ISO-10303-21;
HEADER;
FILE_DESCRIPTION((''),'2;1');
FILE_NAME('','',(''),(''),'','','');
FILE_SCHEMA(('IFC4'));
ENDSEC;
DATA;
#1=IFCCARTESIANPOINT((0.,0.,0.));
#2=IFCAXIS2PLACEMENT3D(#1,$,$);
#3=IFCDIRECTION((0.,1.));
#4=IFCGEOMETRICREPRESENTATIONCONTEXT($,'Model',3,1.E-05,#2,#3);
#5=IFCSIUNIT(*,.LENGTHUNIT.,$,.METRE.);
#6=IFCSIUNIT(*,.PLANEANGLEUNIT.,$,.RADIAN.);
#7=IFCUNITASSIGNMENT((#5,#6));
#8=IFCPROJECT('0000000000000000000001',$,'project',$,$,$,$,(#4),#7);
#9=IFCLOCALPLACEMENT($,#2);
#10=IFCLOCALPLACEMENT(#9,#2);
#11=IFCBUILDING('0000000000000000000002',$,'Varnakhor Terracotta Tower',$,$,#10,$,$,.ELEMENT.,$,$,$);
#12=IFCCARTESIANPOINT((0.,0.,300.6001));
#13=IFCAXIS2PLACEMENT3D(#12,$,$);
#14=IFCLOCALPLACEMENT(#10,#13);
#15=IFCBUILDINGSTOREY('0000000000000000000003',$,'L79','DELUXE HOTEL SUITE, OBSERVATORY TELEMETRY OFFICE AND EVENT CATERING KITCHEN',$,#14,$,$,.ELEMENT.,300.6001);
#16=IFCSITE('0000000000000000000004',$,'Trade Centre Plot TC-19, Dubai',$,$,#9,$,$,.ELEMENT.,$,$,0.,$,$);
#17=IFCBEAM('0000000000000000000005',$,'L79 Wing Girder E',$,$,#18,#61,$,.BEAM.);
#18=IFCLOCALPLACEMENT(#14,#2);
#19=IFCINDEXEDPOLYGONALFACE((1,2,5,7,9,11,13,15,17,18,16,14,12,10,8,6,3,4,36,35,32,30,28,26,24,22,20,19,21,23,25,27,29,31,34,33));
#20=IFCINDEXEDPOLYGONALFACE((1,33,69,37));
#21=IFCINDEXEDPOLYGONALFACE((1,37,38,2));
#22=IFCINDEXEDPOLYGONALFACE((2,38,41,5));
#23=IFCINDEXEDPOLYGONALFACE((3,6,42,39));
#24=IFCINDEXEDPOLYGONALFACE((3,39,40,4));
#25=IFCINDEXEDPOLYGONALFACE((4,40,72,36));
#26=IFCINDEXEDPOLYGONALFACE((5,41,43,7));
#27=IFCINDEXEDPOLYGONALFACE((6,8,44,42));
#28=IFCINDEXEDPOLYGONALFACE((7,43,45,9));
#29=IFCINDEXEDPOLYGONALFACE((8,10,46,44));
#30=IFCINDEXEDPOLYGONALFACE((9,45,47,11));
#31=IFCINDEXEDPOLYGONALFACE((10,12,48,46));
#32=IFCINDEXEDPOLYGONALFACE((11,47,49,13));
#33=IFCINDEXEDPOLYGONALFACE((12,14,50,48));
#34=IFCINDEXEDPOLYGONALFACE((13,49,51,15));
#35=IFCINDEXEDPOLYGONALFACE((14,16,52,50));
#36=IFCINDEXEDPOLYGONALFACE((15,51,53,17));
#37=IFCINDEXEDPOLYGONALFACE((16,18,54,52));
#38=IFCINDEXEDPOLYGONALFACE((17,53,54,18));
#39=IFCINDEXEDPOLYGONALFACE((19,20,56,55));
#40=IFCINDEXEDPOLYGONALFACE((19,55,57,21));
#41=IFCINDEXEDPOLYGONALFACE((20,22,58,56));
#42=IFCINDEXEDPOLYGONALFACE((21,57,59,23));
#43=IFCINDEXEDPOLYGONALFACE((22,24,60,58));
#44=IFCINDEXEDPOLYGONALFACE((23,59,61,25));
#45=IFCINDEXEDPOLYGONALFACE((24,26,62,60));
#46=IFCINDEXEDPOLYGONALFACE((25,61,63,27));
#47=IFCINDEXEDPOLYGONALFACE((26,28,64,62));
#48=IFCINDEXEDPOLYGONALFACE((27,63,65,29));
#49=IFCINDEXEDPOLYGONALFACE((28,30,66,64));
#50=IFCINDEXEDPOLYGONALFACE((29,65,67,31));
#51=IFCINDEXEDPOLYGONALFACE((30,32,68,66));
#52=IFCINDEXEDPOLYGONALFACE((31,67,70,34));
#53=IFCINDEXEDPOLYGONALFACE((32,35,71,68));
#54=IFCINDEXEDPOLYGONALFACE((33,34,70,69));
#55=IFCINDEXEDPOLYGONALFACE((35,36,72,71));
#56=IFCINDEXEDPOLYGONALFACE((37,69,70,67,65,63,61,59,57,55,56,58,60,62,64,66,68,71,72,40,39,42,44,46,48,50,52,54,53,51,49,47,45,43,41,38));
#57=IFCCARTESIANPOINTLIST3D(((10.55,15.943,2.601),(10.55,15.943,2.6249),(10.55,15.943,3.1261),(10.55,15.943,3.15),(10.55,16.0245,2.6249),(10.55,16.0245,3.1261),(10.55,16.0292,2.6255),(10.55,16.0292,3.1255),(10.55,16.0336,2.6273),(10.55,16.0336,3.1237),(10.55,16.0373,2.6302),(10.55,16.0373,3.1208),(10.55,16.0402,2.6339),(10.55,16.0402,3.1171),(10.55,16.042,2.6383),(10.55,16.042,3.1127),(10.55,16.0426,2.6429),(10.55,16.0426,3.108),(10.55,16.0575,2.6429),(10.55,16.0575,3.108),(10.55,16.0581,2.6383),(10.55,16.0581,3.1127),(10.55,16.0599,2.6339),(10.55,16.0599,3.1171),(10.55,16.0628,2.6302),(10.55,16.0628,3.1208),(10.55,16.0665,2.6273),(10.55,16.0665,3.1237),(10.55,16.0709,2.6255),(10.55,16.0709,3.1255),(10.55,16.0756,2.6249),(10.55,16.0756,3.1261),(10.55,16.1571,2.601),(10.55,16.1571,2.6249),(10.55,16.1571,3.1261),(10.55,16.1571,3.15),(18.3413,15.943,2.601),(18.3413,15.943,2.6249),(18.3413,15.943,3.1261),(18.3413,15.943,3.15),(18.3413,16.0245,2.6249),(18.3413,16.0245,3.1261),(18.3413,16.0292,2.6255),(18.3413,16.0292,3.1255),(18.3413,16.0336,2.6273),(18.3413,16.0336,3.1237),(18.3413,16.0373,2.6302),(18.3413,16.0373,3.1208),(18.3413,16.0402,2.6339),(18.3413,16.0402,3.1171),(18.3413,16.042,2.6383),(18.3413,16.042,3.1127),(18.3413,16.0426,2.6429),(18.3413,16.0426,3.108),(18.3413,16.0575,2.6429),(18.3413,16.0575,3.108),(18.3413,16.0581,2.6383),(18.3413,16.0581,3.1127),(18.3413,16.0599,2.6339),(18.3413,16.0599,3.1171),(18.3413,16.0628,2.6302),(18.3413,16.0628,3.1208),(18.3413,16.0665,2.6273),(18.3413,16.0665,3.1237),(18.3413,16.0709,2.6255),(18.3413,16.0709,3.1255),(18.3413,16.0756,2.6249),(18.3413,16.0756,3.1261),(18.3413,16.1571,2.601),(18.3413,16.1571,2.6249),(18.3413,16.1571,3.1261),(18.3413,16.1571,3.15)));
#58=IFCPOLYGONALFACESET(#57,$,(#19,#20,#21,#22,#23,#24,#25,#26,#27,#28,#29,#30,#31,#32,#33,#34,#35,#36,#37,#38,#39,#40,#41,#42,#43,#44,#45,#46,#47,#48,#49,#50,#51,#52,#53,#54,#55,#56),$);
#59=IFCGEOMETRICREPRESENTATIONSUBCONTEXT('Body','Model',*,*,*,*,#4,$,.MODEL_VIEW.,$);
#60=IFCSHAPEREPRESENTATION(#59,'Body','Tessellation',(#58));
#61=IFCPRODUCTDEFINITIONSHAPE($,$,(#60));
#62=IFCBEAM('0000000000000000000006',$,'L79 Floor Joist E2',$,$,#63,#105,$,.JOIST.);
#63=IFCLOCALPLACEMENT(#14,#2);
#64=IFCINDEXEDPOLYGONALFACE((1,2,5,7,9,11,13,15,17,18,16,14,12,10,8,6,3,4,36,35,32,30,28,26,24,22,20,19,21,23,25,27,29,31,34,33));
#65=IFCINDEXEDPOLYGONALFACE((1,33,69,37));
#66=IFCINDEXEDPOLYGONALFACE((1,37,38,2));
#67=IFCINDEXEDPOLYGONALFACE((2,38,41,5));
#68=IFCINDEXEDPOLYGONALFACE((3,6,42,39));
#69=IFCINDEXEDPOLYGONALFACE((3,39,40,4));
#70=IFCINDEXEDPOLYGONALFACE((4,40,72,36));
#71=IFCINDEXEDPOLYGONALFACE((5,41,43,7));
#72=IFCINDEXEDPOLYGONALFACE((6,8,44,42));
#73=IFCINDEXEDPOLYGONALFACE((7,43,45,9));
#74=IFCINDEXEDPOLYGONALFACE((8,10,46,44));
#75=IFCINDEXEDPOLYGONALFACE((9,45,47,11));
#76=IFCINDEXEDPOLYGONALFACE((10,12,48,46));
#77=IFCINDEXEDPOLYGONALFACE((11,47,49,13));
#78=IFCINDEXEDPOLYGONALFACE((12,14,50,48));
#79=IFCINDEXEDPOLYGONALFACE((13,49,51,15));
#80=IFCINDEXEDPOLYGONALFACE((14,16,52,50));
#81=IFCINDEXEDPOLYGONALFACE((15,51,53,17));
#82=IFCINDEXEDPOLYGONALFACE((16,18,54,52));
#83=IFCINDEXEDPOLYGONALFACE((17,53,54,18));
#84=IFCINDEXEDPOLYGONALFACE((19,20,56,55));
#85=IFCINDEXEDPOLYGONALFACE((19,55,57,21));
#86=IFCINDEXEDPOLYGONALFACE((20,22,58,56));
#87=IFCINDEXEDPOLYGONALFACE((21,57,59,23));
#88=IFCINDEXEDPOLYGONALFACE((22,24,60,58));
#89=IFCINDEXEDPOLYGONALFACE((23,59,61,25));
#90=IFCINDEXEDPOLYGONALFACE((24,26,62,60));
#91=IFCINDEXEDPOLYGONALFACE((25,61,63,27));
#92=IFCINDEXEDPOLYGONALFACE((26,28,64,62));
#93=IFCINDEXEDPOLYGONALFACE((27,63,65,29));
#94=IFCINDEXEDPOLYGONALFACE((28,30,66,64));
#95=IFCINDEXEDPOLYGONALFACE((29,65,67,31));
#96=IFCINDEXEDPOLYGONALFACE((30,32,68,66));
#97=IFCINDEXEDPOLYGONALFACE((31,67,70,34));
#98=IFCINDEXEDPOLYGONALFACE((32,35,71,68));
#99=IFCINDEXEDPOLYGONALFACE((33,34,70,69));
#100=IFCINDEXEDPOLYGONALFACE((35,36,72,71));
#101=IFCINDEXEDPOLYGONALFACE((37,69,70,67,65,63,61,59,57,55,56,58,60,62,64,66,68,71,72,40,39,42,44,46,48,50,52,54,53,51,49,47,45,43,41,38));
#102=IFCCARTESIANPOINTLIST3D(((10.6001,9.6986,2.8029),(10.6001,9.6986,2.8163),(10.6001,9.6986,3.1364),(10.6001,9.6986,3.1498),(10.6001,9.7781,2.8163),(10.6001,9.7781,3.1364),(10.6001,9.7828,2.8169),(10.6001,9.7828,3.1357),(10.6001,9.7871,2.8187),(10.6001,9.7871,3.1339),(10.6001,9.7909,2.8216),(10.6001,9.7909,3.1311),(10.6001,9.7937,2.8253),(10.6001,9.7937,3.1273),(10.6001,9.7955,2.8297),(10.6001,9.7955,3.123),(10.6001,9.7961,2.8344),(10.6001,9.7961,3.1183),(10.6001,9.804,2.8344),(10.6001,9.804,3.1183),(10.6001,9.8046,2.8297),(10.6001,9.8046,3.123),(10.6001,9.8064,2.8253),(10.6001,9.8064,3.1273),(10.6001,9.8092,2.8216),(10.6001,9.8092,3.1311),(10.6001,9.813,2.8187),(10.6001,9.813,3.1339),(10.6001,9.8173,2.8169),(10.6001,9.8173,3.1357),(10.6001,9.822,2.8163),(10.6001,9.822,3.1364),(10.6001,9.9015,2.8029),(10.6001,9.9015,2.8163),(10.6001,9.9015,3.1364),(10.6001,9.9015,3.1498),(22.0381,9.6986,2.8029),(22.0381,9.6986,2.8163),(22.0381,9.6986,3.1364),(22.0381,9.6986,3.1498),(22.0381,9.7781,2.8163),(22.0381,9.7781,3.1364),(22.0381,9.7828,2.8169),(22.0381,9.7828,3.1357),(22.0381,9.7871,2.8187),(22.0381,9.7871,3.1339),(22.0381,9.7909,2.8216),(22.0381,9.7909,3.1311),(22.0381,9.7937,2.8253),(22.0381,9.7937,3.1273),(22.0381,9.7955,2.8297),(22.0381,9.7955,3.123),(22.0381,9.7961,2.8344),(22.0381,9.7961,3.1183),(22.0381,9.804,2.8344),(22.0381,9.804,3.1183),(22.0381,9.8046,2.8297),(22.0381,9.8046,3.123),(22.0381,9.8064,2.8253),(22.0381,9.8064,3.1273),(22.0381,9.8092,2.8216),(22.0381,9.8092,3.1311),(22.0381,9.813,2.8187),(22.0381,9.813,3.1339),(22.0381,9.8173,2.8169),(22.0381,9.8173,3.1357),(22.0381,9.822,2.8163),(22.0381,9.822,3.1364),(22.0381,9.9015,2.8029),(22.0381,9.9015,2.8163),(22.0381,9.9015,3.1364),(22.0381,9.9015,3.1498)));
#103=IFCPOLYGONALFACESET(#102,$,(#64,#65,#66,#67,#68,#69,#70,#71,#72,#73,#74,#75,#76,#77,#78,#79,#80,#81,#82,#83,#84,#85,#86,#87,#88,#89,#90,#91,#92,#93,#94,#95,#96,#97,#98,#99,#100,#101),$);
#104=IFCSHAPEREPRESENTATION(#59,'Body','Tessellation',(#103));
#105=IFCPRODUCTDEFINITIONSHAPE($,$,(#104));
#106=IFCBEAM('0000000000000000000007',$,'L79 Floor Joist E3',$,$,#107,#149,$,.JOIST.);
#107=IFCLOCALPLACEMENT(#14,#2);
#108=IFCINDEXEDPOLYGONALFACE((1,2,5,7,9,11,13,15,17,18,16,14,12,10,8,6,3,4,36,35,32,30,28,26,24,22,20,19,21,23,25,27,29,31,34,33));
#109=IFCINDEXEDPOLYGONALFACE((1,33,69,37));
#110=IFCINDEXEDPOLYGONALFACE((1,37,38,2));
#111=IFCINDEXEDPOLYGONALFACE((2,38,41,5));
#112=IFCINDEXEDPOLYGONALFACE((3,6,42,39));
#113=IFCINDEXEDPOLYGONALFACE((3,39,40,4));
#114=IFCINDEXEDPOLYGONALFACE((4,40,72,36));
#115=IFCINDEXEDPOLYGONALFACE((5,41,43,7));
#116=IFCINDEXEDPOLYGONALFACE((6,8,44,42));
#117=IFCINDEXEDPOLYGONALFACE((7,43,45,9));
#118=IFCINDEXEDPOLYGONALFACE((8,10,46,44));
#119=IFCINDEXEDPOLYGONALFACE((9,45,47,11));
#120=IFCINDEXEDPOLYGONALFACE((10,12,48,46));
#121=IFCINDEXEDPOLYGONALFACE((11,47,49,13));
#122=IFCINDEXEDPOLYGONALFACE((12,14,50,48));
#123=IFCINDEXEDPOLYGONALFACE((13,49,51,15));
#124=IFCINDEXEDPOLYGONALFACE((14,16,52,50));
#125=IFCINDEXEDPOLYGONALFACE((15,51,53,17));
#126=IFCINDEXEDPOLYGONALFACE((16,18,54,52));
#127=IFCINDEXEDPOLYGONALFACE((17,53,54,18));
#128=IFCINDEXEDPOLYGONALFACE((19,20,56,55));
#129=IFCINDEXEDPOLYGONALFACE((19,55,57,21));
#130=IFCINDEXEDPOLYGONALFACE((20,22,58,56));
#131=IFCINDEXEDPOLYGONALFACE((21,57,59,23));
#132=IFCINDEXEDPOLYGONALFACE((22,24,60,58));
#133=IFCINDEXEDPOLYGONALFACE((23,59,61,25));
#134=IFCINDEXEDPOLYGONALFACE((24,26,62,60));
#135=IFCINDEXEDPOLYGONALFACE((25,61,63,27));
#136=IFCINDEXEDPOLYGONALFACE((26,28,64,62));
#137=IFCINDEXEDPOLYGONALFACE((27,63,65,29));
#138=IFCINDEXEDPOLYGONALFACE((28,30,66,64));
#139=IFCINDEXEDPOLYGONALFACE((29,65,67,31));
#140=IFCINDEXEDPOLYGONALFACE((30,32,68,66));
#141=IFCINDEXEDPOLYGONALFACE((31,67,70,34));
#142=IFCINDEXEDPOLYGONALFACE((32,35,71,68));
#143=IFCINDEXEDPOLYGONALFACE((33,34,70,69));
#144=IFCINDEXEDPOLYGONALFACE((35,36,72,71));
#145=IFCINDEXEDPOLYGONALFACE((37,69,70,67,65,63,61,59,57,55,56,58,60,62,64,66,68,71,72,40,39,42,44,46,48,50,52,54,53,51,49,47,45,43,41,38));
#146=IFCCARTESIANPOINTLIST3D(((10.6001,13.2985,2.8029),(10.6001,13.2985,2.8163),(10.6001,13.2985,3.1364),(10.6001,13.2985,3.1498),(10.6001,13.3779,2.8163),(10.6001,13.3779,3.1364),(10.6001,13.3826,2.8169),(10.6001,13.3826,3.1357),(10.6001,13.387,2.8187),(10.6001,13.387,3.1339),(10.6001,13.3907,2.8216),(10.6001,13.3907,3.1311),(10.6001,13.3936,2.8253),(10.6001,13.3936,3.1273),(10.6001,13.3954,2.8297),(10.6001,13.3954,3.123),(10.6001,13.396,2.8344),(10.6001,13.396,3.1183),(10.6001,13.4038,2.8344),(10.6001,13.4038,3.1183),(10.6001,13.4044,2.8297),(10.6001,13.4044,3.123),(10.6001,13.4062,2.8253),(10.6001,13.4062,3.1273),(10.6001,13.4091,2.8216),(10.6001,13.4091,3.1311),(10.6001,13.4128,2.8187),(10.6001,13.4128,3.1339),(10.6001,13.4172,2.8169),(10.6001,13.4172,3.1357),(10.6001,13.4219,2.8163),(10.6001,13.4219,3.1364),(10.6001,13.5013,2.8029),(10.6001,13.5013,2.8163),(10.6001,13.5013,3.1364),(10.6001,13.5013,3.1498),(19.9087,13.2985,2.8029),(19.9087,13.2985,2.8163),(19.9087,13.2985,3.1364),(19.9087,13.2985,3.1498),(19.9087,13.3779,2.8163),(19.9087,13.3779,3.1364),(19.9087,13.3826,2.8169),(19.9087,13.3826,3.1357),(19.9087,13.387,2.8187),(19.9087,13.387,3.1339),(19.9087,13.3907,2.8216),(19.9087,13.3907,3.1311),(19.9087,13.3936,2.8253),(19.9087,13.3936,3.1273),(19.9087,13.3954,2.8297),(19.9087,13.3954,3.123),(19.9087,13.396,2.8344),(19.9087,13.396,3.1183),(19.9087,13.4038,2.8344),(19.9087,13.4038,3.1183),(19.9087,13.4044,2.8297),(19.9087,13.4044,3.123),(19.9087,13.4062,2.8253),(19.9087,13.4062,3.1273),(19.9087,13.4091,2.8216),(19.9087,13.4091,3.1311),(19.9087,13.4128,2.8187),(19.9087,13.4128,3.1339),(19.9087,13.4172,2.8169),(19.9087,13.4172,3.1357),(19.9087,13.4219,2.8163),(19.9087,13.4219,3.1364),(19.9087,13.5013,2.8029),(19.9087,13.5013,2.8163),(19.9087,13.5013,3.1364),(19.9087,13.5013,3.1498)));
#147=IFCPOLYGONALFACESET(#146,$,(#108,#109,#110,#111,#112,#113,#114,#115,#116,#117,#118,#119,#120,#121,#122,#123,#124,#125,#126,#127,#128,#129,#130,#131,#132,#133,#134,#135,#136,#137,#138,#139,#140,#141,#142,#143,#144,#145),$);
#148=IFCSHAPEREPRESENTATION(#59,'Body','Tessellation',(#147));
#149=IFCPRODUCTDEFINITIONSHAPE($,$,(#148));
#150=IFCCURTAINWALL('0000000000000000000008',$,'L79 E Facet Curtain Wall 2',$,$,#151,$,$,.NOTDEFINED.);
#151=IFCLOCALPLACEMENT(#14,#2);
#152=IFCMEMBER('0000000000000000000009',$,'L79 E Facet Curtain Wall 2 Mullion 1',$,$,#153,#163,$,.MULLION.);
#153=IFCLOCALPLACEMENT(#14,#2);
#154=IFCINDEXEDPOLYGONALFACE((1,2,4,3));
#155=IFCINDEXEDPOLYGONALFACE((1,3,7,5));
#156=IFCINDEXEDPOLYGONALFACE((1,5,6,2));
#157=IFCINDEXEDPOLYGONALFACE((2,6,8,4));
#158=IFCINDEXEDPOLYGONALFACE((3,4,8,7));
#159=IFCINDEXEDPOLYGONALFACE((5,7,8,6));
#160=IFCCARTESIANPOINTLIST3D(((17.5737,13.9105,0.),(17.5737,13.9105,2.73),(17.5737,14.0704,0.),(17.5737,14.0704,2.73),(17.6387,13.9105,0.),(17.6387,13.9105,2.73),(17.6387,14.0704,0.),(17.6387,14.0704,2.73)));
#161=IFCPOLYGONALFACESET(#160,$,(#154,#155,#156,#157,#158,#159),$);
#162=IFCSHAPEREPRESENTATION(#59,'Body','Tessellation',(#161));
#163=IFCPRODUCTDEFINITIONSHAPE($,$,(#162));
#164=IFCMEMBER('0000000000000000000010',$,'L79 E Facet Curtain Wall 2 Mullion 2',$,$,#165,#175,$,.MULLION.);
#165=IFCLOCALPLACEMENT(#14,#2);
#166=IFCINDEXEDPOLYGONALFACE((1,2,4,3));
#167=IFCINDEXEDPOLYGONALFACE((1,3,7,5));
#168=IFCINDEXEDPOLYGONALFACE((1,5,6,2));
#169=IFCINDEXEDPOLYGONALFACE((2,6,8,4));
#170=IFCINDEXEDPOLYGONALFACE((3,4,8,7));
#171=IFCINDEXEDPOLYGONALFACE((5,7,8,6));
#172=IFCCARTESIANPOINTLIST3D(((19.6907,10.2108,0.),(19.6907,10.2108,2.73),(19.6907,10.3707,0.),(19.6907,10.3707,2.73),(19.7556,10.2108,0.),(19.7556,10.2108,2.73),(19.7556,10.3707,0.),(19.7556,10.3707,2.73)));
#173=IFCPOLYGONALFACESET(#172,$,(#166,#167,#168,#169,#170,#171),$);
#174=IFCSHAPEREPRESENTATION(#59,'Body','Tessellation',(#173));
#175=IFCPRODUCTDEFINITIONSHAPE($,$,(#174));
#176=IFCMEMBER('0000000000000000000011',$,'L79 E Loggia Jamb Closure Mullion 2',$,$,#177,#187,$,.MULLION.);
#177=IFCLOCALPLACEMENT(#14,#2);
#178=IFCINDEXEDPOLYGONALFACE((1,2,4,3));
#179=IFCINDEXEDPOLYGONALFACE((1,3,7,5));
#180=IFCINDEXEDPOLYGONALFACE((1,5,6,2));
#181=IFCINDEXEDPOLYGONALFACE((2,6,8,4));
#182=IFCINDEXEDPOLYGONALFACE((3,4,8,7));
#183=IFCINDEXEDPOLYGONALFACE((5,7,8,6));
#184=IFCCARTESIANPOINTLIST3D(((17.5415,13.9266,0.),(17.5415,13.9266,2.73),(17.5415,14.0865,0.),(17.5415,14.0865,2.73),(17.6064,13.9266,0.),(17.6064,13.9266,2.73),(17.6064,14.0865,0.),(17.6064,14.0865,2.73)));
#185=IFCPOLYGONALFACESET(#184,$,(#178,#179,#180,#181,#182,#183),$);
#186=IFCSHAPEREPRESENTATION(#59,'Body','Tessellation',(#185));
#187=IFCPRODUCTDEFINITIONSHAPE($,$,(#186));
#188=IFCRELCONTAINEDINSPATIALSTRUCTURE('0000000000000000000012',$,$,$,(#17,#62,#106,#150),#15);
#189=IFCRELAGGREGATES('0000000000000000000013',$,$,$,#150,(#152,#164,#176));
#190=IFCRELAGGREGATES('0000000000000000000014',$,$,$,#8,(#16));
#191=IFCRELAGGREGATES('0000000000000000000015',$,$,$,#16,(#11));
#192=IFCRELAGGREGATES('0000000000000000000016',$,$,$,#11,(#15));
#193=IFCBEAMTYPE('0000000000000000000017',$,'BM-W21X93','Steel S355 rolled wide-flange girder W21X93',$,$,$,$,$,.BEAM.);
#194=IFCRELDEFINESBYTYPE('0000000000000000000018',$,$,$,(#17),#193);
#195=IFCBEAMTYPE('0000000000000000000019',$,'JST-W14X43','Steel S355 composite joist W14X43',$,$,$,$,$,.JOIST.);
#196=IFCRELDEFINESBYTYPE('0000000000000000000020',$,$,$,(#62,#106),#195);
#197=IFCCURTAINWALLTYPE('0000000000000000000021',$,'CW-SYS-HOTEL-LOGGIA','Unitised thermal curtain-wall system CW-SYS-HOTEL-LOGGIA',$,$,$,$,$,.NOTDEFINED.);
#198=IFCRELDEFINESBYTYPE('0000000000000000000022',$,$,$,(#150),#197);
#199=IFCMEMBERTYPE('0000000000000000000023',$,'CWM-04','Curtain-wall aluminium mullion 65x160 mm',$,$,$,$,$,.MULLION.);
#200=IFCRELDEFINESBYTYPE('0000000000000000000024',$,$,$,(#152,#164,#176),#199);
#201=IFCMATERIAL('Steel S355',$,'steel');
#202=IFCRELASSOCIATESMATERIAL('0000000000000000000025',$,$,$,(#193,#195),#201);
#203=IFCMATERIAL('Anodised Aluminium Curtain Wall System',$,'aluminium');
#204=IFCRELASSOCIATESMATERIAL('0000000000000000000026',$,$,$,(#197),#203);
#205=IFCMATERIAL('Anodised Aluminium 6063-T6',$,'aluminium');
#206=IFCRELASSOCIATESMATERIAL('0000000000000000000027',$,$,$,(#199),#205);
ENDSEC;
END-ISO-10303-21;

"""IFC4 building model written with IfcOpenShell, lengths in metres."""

from ifc_helpers import new_model, si_unit, direction, frame, origin, origin_2d, place, context, subcontext, project, spatial, rectangle, i_section, extrude, source, transform, mapped, material, material_profile, profile_set, type_object, element, aggregate, save


model = new_model("IFC4")

# Units and contexts
model_context = context("Model", 3, precision=1e-05, world=origin(), true_north=direction((0.0, 1.0)))
body_context = subcontext(model_context, "Body", "Model", "MODEL_VIEW")
ifc_project = project(units=[si_unit("LENGTHUNIT", "METRE"), si_unit("PLANEANGLEUNIT", "RADIAN")], contexts=[model_context])

# Site, building, storey
site_placement = place(None, origin())
site = spatial("IfcSite", under=ifc_project, at=site_placement, Name="Trade Centre Plot TC-19, Dubai", CompositionType="ELEMENT", RefElevation=0.0)
building_placement = place(site_placement, origin())
building = spatial("IfcBuilding", under=site, at=building_placement, Name="Varnakhor Terracotta Tower", CompositionType="ELEMENT")
storey_placement = place(building_placement, frame((0.0, 0.0, 300.6001)))
storey = spatial("IfcBuildingStorey", under=building, at=storey_placement, Name="L79", Description="DELUXE HOTEL SUITE, OBSERVATORY TELEMETRY OFFICE AND EVENT CATERING KITCHEN", CompositionType="ELEMENT", Elevation=300.6001)

# Beams
ifc_material_1 = material(Name="Steel S355", Category="steel")
ifc_material_profile_1 = material_profile(ifc_material_1, i_section(OverallWidth=0.2141, OverallDepth=0.5491, WebThickness=0.0149, FlangeThickness=0.0239, FilletRadius=0.0181, at=origin_2d()), Name="W21X93")
ifc_profile_set_1 = profile_set([ifc_material_profile_1], Name="Steel S355")
beam_type_1 = type_object("IfcBeamType", Name="BM-W21X93", Description="Steel S355 rolled wide-flange girder W21X93", PredefinedType="BEAM", material=ifc_profile_set_1)
shared_shape_1 = source(origin(), body_context, "Body", "SweptSolid", [
    extrude(i_section(OverallWidth=0.2141, OverallDepth=0.5491, WebThickness=0.0149, FlangeThickness=0.0239, FilletRadius=0.0181, at=origin_2d()), origin(), (0.0, 0.0, 1.0), 7.7913),
])
beam_1_placement = place(storey_placement, frame((10.55, 16.05, 2.8755), z_axis=(1.0, 0.0, 0.0), x_axis=(0.0, 1.0, 0.0)))
element("IfcBeam", 1, at=beam_1_placement, inside=storey, type_object=beam_type_1, Name="L79 Wing Girder E", PredefinedType="BEAM", context=body_context, shape_type="MappedRepresentation", body=[
    mapped(shared_shape_1, transform((0.0, 0.0, 0.0), scale=1.0)),
])
ifc_material_profile_2 = material_profile(ifc_material_1, i_section(OverallWidth=0.2029, OverallDepth=0.3469, WebThickness=0.0078, FlangeThickness=0.0134, FilletRadius=0.0181, at=origin_2d()), Name="W14X43")
ifc_profile_set_2 = profile_set([ifc_material_profile_2], Name="Steel S355")
beam_type_2 = type_object("IfcBeamType", Name="JST-W14X43", Description="Steel S355 composite joist W14X43", PredefinedType="JOIST", material=ifc_profile_set_2)
shared_shape_2 = source(origin(), body_context, "Body", "SweptSolid", [
    extrude(i_section(OverallWidth=0.2029, OverallDepth=0.3469, WebThickness=0.0078, FlangeThickness=0.0134, FilletRadius=0.0181, at=origin_2d()), origin(), (0.0, 0.0, 1.0), 11.438),
])
beam_2_placement = place(storey_placement, frame((10.6001, 9.8, 2.9763), z_axis=(1.0, 0.0, 0.0), x_axis=(0.0, 1.0, 0.0)))
element("IfcBeam", 2, at=beam_2_placement, inside=storey, type_object=beam_type_2, Name="L79 Floor Joist E2", PredefinedType="JOIST", context=body_context, shape_type="MappedRepresentation", body=[
    mapped(shared_shape_2, transform((0.0, 0.0, 0.0), scale=1.0)),
])
shared_shape_3 = source(origin(), body_context, "Body", "SweptSolid", [
    extrude(i_section(OverallWidth=0.2029, OverallDepth=0.3469, WebThickness=0.0078, FlangeThickness=0.0134, FilletRadius=0.0181, at=origin_2d()), origin(), (0.0, 0.0, 1.0), 9.3086),
])
beam_3_placement = place(storey_placement, frame((10.6001, 13.3999, 2.9763), z_axis=(1.0, 0.0, 0.0), x_axis=(0.0, 1.0, 0.0)))
element("IfcBeam", 3, at=beam_3_placement, inside=storey, type_object=beam_type_2, Name="L79 Floor Joist E3", PredefinedType="JOIST", context=body_context, shape_type="MappedRepresentation", body=[
    mapped(shared_shape_3, transform((0.0, 0.0, 0.0), scale=1.0)),
])

# Curtain wall, members
ifc_material_2 = material(Name="Anodised Aluminium Curtain Wall System", Category="aluminium")
curtain_wall_type = type_object("IfcCurtainWallType", Name="CW-SYS-HOTEL-LOGGIA", Description="Unitised thermal curtain-wall system CW-SYS-HOTEL-LOGGIA", PredefinedType="NOTDEFINED", material=ifc_material_2)
curtain_wall_placement = place(storey_placement, origin())
curtain_wall = element("IfcCurtainWall", 4, at=curtain_wall_placement, inside=storey, type_object=curtain_wall_type, Name="L79 E Facet Curtain Wall 2", PredefinedType="NOTDEFINED")
ifc_material_3 = material(Name="Anodised Aluminium 6063-T6", Category="aluminium")
ifc_material_profile_3 = material_profile(ifc_material_3, rectangle(XDim=0.0649, YDim=0.1599, at=origin_2d()), Name="ALU MULLION 65x160")
ifc_profile_set_3 = profile_set([ifc_material_profile_3], Name="Anodised Aluminium 6063-T6")
member_type_1 = type_object("IfcMemberType", Name="CWM-04", Description="Curtain-wall aluminium mullion 65x160 mm", PredefinedType="MULLION", material=ifc_profile_set_3)
shared_shape_4 = source(origin(), body_context, "Body", "SweptSolid", [
    extrude(rectangle(XDim=0.0649, YDim=0.1599, at=origin_2d()), origin(), (0.0, 0.0, 1.0), 2.73),
])
member_1_placement = place(storey_placement, frame((17.6062, 13.9905, 0.0), z_axis=(0.0, 0.0, 1.0), x_axis=(1.0, 0.0, 0.0)))
member_1 = element("IfcMember", 5, at=member_1_placement, type_object=member_type_1, Name="L79 E Facet Curtain Wall 2 Mullion 1", PredefinedType="MULLION", context=body_context, shape_type="MappedRepresentation", body=[
    mapped(shared_shape_4, transform((0.0, 0.0, 0.0), scale=1.0)),
])
member_2_placement = place(storey_placement, frame((19.7231, 10.2908, 0.0), z_axis=(0.0, 0.0, 1.0), x_axis=(1.0, 0.0, 0.0)))
member_2 = element("IfcMember", 6, at=member_2_placement, type_object=member_type_1, Name="L79 E Facet Curtain Wall 2 Mullion 2", PredefinedType="MULLION", context=body_context, shape_type="MappedRepresentation", body=[
    mapped(shared_shape_4, transform((0.0, 0.0, 0.0), scale=1.0)),
])
member_3_placement = place(storey_placement, frame((17.574, 14.0066, 0.0), z_axis=(0.0, 0.0, 1.0), x_axis=(1.0, 0.0, 0.0)))
member_3 = element("IfcMember", 7, at=member_3_placement, type_object=member_type_1, Name="L79 E Loggia Jamb Closure Mullion 2", PredefinedType="MULLION", context=body_context, shape_type="MappedRepresentation", body=[
    mapped(shared_shape_4, transform((0.0, 0.0, 0.0), scale=1.0)),
])
aggregate(curtain_wall, [member_1, member_2, member_3])

save(model, "model.ifc")
